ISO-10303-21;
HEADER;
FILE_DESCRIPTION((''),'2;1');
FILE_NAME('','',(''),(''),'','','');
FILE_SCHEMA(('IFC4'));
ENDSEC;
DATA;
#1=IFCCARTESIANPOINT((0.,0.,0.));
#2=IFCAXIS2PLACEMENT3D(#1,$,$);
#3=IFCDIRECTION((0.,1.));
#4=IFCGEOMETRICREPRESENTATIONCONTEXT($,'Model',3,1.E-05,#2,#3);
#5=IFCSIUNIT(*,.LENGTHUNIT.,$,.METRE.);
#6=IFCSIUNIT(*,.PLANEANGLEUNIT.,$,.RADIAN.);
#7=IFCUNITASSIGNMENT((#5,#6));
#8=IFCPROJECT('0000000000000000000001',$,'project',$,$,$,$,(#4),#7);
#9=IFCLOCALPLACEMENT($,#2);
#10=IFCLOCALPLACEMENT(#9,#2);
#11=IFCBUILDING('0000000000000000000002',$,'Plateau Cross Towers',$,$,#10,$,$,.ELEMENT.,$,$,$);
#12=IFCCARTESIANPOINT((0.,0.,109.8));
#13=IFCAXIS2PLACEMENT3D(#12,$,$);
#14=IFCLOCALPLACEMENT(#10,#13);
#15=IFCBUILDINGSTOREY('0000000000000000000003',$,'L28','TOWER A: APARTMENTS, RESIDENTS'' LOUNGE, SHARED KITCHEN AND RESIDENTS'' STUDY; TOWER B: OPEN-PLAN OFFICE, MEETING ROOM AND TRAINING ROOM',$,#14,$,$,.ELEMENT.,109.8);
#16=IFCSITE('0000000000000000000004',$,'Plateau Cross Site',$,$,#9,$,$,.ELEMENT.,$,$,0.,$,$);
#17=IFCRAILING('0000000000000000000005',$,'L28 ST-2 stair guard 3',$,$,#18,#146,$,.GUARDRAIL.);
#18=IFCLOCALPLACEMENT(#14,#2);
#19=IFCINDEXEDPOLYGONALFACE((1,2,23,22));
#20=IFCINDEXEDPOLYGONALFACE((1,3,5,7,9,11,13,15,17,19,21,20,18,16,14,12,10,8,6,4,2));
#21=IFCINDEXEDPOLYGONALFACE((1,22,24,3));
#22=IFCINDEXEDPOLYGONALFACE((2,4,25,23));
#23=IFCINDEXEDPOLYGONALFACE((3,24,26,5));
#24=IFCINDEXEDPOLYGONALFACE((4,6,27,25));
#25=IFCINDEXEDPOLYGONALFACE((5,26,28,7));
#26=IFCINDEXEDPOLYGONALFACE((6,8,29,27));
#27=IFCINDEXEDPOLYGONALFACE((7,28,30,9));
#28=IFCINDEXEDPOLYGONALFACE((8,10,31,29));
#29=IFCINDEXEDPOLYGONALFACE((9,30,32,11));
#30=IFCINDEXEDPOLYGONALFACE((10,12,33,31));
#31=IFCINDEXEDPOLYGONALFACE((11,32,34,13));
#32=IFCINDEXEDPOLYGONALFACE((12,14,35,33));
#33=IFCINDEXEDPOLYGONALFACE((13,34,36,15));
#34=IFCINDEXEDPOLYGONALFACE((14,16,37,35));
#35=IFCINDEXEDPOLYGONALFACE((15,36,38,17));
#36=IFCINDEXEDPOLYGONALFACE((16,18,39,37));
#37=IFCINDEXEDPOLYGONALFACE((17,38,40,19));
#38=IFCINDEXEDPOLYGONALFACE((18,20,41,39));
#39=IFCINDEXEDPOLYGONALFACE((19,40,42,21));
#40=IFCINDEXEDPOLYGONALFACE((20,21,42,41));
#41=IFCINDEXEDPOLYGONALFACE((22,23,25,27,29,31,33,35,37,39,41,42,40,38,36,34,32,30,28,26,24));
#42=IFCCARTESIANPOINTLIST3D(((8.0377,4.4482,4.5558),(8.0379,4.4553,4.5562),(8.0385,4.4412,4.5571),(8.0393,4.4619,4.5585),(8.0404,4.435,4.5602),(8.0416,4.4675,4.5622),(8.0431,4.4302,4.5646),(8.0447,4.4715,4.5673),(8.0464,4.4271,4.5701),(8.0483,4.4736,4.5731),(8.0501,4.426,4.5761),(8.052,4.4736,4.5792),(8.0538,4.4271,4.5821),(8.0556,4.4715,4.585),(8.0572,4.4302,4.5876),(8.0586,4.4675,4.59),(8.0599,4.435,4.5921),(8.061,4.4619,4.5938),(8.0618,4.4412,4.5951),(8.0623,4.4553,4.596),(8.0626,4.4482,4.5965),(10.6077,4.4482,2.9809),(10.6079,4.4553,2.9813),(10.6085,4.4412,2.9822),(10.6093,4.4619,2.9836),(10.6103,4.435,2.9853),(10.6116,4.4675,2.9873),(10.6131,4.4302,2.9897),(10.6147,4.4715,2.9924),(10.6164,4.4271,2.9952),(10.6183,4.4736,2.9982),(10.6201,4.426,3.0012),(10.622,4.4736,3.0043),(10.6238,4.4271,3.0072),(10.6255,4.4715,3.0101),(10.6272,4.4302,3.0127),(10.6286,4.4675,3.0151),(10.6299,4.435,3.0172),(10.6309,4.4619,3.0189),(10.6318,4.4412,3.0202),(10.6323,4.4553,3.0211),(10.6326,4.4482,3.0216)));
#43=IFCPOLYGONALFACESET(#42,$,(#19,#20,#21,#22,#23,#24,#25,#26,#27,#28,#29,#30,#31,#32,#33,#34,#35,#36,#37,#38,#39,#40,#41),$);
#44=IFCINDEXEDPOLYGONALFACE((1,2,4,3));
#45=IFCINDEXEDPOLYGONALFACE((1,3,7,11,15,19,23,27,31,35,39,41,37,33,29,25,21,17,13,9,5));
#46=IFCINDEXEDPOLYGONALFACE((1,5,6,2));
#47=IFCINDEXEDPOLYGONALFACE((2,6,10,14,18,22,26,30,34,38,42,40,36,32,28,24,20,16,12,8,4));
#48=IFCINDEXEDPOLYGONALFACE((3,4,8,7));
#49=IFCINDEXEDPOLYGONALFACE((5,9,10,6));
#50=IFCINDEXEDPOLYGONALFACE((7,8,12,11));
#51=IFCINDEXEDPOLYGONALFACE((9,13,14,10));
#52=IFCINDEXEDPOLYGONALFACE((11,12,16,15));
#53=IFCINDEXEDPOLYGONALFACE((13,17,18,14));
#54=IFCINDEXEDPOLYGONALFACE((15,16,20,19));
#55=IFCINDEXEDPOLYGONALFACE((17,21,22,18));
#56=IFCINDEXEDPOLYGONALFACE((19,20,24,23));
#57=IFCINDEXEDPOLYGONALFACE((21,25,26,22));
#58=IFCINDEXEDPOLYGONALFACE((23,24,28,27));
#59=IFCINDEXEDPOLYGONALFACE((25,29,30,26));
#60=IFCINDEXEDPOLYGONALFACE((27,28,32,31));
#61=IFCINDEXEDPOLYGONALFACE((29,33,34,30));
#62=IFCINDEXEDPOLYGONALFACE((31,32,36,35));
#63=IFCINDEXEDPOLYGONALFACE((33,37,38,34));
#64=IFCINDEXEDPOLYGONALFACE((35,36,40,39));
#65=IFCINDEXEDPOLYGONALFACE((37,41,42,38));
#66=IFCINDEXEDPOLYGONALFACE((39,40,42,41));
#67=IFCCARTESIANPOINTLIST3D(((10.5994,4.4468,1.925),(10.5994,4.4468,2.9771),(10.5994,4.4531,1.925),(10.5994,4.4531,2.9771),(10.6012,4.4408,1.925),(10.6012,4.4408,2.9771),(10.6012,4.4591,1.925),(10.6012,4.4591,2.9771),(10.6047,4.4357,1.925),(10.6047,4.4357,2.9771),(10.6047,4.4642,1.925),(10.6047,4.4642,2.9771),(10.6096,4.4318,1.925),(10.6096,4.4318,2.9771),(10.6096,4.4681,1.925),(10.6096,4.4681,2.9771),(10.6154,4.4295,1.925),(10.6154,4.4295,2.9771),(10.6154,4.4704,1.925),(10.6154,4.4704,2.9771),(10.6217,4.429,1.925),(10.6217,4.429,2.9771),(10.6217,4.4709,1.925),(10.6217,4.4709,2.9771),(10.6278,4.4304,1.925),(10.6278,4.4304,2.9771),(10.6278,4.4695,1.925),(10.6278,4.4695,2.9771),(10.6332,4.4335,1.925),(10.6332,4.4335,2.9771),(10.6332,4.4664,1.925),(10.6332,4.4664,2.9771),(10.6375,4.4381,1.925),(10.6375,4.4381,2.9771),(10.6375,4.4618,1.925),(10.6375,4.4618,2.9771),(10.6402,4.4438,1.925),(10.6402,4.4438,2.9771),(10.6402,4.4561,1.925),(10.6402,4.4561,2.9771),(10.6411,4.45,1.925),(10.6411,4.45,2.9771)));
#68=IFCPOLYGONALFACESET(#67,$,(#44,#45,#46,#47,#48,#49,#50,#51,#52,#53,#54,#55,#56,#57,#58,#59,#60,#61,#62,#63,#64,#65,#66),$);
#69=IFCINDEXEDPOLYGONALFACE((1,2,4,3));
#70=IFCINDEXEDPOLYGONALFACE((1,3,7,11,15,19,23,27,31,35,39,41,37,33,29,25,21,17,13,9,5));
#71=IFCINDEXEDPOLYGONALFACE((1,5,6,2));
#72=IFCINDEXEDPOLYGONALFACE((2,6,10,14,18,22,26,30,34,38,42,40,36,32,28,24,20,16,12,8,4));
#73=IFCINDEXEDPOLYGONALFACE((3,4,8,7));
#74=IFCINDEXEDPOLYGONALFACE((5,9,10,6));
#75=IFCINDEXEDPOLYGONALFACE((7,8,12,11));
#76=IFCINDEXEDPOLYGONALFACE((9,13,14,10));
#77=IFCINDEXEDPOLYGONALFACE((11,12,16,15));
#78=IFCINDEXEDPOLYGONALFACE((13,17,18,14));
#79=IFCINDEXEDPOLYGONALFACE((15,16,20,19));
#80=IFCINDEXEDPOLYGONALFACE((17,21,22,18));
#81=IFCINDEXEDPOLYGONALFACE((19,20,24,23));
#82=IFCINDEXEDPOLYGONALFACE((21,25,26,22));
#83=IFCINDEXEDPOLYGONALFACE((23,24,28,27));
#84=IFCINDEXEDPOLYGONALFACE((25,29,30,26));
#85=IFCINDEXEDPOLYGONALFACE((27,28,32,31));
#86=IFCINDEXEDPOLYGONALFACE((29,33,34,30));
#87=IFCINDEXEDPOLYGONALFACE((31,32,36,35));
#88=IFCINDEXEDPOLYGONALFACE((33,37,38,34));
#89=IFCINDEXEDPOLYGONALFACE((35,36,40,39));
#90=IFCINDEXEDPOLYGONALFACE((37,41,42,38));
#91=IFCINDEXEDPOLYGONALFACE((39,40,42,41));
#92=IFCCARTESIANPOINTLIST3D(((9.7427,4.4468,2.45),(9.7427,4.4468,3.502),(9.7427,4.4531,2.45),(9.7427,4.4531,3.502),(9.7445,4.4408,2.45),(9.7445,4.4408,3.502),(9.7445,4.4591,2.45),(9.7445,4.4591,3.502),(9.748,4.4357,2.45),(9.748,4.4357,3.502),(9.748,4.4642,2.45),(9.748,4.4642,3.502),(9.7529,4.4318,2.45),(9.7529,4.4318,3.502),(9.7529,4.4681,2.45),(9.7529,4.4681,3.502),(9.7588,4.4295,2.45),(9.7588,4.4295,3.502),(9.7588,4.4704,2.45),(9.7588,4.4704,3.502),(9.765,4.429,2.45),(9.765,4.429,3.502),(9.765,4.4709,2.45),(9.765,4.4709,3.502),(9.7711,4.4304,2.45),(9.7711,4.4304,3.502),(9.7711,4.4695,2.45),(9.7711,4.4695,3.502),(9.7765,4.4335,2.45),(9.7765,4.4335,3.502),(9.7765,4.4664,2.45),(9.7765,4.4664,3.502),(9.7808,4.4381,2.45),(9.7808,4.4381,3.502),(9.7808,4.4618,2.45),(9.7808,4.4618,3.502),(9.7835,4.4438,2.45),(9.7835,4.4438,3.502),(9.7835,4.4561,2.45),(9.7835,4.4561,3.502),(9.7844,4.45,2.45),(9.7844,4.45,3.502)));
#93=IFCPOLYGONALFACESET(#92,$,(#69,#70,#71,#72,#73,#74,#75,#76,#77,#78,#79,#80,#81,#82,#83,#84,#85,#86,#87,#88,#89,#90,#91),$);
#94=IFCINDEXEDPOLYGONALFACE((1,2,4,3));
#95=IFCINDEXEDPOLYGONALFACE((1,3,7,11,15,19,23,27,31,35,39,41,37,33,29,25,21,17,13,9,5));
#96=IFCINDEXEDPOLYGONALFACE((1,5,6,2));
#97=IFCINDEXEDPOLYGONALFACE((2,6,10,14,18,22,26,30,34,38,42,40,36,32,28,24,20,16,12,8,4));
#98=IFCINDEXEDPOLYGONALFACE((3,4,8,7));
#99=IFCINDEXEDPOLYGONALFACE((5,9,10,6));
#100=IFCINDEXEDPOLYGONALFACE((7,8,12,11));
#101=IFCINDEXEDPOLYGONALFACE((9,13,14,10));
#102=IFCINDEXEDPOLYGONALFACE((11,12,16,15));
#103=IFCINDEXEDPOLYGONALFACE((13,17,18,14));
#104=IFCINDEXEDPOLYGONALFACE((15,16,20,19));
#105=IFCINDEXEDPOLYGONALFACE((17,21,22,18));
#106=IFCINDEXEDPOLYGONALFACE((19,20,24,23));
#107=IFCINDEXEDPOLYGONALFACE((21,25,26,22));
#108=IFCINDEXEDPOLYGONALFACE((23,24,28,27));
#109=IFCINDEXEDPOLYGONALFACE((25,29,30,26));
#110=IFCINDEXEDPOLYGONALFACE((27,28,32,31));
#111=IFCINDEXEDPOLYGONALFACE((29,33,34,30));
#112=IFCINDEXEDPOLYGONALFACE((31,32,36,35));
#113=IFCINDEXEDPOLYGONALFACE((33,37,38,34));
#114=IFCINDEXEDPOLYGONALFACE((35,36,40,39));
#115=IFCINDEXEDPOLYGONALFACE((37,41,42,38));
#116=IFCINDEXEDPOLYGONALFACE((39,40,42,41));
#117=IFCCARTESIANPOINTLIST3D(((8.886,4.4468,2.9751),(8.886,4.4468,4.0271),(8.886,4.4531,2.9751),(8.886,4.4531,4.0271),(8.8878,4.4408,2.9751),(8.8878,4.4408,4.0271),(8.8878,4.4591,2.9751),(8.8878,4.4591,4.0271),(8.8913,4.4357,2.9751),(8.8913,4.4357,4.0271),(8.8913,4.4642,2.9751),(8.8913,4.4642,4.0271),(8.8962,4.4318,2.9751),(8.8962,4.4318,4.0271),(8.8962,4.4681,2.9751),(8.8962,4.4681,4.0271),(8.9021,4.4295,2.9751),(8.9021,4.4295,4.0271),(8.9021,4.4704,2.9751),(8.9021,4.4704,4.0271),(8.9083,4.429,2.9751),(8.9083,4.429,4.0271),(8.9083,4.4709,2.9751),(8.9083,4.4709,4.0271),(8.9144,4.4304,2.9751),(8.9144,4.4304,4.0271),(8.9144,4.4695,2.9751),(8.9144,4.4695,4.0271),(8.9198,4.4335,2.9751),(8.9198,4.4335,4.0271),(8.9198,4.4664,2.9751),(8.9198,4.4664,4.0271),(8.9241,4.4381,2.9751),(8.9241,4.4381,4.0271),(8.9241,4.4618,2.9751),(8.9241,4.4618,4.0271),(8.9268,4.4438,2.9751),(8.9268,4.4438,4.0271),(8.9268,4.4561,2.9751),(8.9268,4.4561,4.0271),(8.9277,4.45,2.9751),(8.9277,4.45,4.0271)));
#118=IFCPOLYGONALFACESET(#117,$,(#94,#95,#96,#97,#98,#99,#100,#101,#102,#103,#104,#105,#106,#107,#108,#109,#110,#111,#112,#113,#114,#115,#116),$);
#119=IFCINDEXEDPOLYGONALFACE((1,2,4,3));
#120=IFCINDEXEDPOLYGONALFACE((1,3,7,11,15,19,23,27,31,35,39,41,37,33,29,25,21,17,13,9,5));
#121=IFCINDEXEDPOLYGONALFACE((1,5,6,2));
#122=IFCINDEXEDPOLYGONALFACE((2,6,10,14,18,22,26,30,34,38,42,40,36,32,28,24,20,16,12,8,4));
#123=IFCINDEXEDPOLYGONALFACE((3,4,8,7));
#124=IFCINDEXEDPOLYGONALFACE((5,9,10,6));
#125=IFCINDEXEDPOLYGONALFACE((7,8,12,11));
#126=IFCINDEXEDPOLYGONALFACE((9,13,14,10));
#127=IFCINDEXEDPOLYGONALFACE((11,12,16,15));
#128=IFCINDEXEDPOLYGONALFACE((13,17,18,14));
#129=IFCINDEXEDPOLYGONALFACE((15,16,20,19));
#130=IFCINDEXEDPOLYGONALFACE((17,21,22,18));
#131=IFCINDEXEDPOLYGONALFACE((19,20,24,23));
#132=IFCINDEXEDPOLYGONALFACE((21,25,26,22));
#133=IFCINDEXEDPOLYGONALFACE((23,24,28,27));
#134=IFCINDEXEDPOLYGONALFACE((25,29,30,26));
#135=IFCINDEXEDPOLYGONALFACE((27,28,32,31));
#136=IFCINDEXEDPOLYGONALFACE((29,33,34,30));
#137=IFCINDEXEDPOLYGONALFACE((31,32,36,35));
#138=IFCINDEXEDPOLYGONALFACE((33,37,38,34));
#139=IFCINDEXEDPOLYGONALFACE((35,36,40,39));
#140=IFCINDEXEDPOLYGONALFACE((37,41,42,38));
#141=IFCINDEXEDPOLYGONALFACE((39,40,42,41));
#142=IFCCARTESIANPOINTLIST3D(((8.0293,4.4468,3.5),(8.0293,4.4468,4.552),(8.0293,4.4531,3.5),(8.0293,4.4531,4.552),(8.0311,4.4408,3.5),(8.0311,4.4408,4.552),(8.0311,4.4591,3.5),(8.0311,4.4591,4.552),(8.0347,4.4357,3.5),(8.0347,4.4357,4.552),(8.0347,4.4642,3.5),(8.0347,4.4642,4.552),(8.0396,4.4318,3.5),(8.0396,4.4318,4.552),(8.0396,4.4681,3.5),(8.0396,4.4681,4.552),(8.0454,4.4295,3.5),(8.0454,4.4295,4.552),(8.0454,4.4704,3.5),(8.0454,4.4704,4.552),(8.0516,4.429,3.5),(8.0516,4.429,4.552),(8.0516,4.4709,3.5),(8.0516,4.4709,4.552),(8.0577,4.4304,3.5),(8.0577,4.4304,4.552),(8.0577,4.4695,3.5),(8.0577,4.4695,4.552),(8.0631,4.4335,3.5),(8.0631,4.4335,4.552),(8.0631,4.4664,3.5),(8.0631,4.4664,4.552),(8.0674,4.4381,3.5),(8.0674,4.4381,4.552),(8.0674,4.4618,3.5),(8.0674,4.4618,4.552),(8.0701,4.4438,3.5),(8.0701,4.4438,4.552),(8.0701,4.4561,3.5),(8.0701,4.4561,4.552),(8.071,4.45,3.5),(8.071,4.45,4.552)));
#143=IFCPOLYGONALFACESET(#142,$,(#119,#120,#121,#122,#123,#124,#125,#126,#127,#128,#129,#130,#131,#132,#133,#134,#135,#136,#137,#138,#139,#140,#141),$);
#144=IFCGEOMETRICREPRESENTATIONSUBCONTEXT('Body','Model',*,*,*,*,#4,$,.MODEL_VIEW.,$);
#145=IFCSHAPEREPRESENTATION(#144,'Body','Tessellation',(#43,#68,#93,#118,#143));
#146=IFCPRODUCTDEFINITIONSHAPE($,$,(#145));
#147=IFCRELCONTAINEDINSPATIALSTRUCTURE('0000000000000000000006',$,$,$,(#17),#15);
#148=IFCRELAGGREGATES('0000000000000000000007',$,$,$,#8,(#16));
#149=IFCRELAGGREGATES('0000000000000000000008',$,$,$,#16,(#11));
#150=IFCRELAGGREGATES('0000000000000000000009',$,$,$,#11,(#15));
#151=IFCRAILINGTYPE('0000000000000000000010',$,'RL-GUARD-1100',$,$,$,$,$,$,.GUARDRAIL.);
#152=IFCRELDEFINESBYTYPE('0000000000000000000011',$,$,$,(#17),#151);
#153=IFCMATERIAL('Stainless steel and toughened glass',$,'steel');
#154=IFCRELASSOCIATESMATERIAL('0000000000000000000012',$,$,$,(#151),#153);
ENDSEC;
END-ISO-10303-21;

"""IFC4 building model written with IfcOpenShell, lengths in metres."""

from ifc_helpers import new_model, si_unit, direction, frame, origin, origin_2d, place, context, subcontext, project, spatial, circle, extrude, material, type_object, element, save


model = new_model("IFC4")

# Units and contexts
model_context = context("Model", 3, precision=1e-05, world=origin(), true_north=direction((0.0, 1.0)))
body_context = subcontext(model_context, "Body", "Model", "MODEL_VIEW")
ifc_project = project(units=[si_unit("LENGTHUNIT", "METRE"), si_unit("PLANEANGLEUNIT", "RADIAN")], contexts=[model_context])

# Site, building, storey
site_placement = place(None, origin())
site = spatial("IfcSite", under=ifc_project, at=site_placement, Name="Plateau Cross Site", CompositionType="ELEMENT", RefElevation=0.0)
building_placement = place(site_placement, origin())
building = spatial("IfcBuilding", under=site, at=building_placement, Name="Plateau Cross Towers", CompositionType="ELEMENT")
storey_placement = place(building_placement, frame((0.0, 0.0, 109.8)))
storey = spatial("IfcBuildingStorey", under=building, at=storey_placement, Name="L28", Description="TOWER A: APARTMENTS, RESIDENTS' LOUNGE, SHARED KITCHEN AND RESIDENTS' STUDY; TOWER B: OPEN-PLAN OFFICE, MEETING ROOM AND TRAINING ROOM", CompositionType="ELEMENT", Elevation=109.8)

# Railing
ifc_material_1 = material(Name="Stainless steel and toughened glass", Category="steel")
railing_type_1 = type_object("IfcRailingType", Name="RL-GUARD-1100", PredefinedType="GUARDRAIL", material=ifc_material_1)
railing_1_placement = place(storey_placement, frame((10.6201, 4.45, 1.925)))
element("IfcRailing", 1, at=railing_1_placement, inside=storey, type_object=railing_type_1, Name="L28 ST-2 stair guard 3", PredefinedType="GUARDRAIL", context=body_context, shape_type="SweptSolid", body=[
    extrude(circle(Radius=0.0239, at=origin_2d()), frame((0.0, 0.0, 1.0762), z_axis=(-0.852639, 0.0, 0.522501), x_axis=(0.0, -1.0, 0.0)), (0.0, 0.0, 1.0), 3.0142),
    extrude(circle(Radius=0.021, at=origin_2d()), origin(), (0.0, 0.0, 1.0), 1.052),
    extrude(circle(Radius=0.021, at=origin_2d()), frame((-0.8567, 0.0, 0.5249)), (0.0, 0.0, 1.0), 1.052),
    extrude(circle(Radius=0.021, at=origin_2d()), frame((-1.7134, 0.0, 1.05)), (0.0, 0.0, 1.0), 1.052),
    extrude(circle(Radius=0.021, at=origin_2d()), frame((-2.5701, 0.0, 1.575)), (0.0, 0.0, 1.0), 1.052),
])

save(model, "model.ifc")
